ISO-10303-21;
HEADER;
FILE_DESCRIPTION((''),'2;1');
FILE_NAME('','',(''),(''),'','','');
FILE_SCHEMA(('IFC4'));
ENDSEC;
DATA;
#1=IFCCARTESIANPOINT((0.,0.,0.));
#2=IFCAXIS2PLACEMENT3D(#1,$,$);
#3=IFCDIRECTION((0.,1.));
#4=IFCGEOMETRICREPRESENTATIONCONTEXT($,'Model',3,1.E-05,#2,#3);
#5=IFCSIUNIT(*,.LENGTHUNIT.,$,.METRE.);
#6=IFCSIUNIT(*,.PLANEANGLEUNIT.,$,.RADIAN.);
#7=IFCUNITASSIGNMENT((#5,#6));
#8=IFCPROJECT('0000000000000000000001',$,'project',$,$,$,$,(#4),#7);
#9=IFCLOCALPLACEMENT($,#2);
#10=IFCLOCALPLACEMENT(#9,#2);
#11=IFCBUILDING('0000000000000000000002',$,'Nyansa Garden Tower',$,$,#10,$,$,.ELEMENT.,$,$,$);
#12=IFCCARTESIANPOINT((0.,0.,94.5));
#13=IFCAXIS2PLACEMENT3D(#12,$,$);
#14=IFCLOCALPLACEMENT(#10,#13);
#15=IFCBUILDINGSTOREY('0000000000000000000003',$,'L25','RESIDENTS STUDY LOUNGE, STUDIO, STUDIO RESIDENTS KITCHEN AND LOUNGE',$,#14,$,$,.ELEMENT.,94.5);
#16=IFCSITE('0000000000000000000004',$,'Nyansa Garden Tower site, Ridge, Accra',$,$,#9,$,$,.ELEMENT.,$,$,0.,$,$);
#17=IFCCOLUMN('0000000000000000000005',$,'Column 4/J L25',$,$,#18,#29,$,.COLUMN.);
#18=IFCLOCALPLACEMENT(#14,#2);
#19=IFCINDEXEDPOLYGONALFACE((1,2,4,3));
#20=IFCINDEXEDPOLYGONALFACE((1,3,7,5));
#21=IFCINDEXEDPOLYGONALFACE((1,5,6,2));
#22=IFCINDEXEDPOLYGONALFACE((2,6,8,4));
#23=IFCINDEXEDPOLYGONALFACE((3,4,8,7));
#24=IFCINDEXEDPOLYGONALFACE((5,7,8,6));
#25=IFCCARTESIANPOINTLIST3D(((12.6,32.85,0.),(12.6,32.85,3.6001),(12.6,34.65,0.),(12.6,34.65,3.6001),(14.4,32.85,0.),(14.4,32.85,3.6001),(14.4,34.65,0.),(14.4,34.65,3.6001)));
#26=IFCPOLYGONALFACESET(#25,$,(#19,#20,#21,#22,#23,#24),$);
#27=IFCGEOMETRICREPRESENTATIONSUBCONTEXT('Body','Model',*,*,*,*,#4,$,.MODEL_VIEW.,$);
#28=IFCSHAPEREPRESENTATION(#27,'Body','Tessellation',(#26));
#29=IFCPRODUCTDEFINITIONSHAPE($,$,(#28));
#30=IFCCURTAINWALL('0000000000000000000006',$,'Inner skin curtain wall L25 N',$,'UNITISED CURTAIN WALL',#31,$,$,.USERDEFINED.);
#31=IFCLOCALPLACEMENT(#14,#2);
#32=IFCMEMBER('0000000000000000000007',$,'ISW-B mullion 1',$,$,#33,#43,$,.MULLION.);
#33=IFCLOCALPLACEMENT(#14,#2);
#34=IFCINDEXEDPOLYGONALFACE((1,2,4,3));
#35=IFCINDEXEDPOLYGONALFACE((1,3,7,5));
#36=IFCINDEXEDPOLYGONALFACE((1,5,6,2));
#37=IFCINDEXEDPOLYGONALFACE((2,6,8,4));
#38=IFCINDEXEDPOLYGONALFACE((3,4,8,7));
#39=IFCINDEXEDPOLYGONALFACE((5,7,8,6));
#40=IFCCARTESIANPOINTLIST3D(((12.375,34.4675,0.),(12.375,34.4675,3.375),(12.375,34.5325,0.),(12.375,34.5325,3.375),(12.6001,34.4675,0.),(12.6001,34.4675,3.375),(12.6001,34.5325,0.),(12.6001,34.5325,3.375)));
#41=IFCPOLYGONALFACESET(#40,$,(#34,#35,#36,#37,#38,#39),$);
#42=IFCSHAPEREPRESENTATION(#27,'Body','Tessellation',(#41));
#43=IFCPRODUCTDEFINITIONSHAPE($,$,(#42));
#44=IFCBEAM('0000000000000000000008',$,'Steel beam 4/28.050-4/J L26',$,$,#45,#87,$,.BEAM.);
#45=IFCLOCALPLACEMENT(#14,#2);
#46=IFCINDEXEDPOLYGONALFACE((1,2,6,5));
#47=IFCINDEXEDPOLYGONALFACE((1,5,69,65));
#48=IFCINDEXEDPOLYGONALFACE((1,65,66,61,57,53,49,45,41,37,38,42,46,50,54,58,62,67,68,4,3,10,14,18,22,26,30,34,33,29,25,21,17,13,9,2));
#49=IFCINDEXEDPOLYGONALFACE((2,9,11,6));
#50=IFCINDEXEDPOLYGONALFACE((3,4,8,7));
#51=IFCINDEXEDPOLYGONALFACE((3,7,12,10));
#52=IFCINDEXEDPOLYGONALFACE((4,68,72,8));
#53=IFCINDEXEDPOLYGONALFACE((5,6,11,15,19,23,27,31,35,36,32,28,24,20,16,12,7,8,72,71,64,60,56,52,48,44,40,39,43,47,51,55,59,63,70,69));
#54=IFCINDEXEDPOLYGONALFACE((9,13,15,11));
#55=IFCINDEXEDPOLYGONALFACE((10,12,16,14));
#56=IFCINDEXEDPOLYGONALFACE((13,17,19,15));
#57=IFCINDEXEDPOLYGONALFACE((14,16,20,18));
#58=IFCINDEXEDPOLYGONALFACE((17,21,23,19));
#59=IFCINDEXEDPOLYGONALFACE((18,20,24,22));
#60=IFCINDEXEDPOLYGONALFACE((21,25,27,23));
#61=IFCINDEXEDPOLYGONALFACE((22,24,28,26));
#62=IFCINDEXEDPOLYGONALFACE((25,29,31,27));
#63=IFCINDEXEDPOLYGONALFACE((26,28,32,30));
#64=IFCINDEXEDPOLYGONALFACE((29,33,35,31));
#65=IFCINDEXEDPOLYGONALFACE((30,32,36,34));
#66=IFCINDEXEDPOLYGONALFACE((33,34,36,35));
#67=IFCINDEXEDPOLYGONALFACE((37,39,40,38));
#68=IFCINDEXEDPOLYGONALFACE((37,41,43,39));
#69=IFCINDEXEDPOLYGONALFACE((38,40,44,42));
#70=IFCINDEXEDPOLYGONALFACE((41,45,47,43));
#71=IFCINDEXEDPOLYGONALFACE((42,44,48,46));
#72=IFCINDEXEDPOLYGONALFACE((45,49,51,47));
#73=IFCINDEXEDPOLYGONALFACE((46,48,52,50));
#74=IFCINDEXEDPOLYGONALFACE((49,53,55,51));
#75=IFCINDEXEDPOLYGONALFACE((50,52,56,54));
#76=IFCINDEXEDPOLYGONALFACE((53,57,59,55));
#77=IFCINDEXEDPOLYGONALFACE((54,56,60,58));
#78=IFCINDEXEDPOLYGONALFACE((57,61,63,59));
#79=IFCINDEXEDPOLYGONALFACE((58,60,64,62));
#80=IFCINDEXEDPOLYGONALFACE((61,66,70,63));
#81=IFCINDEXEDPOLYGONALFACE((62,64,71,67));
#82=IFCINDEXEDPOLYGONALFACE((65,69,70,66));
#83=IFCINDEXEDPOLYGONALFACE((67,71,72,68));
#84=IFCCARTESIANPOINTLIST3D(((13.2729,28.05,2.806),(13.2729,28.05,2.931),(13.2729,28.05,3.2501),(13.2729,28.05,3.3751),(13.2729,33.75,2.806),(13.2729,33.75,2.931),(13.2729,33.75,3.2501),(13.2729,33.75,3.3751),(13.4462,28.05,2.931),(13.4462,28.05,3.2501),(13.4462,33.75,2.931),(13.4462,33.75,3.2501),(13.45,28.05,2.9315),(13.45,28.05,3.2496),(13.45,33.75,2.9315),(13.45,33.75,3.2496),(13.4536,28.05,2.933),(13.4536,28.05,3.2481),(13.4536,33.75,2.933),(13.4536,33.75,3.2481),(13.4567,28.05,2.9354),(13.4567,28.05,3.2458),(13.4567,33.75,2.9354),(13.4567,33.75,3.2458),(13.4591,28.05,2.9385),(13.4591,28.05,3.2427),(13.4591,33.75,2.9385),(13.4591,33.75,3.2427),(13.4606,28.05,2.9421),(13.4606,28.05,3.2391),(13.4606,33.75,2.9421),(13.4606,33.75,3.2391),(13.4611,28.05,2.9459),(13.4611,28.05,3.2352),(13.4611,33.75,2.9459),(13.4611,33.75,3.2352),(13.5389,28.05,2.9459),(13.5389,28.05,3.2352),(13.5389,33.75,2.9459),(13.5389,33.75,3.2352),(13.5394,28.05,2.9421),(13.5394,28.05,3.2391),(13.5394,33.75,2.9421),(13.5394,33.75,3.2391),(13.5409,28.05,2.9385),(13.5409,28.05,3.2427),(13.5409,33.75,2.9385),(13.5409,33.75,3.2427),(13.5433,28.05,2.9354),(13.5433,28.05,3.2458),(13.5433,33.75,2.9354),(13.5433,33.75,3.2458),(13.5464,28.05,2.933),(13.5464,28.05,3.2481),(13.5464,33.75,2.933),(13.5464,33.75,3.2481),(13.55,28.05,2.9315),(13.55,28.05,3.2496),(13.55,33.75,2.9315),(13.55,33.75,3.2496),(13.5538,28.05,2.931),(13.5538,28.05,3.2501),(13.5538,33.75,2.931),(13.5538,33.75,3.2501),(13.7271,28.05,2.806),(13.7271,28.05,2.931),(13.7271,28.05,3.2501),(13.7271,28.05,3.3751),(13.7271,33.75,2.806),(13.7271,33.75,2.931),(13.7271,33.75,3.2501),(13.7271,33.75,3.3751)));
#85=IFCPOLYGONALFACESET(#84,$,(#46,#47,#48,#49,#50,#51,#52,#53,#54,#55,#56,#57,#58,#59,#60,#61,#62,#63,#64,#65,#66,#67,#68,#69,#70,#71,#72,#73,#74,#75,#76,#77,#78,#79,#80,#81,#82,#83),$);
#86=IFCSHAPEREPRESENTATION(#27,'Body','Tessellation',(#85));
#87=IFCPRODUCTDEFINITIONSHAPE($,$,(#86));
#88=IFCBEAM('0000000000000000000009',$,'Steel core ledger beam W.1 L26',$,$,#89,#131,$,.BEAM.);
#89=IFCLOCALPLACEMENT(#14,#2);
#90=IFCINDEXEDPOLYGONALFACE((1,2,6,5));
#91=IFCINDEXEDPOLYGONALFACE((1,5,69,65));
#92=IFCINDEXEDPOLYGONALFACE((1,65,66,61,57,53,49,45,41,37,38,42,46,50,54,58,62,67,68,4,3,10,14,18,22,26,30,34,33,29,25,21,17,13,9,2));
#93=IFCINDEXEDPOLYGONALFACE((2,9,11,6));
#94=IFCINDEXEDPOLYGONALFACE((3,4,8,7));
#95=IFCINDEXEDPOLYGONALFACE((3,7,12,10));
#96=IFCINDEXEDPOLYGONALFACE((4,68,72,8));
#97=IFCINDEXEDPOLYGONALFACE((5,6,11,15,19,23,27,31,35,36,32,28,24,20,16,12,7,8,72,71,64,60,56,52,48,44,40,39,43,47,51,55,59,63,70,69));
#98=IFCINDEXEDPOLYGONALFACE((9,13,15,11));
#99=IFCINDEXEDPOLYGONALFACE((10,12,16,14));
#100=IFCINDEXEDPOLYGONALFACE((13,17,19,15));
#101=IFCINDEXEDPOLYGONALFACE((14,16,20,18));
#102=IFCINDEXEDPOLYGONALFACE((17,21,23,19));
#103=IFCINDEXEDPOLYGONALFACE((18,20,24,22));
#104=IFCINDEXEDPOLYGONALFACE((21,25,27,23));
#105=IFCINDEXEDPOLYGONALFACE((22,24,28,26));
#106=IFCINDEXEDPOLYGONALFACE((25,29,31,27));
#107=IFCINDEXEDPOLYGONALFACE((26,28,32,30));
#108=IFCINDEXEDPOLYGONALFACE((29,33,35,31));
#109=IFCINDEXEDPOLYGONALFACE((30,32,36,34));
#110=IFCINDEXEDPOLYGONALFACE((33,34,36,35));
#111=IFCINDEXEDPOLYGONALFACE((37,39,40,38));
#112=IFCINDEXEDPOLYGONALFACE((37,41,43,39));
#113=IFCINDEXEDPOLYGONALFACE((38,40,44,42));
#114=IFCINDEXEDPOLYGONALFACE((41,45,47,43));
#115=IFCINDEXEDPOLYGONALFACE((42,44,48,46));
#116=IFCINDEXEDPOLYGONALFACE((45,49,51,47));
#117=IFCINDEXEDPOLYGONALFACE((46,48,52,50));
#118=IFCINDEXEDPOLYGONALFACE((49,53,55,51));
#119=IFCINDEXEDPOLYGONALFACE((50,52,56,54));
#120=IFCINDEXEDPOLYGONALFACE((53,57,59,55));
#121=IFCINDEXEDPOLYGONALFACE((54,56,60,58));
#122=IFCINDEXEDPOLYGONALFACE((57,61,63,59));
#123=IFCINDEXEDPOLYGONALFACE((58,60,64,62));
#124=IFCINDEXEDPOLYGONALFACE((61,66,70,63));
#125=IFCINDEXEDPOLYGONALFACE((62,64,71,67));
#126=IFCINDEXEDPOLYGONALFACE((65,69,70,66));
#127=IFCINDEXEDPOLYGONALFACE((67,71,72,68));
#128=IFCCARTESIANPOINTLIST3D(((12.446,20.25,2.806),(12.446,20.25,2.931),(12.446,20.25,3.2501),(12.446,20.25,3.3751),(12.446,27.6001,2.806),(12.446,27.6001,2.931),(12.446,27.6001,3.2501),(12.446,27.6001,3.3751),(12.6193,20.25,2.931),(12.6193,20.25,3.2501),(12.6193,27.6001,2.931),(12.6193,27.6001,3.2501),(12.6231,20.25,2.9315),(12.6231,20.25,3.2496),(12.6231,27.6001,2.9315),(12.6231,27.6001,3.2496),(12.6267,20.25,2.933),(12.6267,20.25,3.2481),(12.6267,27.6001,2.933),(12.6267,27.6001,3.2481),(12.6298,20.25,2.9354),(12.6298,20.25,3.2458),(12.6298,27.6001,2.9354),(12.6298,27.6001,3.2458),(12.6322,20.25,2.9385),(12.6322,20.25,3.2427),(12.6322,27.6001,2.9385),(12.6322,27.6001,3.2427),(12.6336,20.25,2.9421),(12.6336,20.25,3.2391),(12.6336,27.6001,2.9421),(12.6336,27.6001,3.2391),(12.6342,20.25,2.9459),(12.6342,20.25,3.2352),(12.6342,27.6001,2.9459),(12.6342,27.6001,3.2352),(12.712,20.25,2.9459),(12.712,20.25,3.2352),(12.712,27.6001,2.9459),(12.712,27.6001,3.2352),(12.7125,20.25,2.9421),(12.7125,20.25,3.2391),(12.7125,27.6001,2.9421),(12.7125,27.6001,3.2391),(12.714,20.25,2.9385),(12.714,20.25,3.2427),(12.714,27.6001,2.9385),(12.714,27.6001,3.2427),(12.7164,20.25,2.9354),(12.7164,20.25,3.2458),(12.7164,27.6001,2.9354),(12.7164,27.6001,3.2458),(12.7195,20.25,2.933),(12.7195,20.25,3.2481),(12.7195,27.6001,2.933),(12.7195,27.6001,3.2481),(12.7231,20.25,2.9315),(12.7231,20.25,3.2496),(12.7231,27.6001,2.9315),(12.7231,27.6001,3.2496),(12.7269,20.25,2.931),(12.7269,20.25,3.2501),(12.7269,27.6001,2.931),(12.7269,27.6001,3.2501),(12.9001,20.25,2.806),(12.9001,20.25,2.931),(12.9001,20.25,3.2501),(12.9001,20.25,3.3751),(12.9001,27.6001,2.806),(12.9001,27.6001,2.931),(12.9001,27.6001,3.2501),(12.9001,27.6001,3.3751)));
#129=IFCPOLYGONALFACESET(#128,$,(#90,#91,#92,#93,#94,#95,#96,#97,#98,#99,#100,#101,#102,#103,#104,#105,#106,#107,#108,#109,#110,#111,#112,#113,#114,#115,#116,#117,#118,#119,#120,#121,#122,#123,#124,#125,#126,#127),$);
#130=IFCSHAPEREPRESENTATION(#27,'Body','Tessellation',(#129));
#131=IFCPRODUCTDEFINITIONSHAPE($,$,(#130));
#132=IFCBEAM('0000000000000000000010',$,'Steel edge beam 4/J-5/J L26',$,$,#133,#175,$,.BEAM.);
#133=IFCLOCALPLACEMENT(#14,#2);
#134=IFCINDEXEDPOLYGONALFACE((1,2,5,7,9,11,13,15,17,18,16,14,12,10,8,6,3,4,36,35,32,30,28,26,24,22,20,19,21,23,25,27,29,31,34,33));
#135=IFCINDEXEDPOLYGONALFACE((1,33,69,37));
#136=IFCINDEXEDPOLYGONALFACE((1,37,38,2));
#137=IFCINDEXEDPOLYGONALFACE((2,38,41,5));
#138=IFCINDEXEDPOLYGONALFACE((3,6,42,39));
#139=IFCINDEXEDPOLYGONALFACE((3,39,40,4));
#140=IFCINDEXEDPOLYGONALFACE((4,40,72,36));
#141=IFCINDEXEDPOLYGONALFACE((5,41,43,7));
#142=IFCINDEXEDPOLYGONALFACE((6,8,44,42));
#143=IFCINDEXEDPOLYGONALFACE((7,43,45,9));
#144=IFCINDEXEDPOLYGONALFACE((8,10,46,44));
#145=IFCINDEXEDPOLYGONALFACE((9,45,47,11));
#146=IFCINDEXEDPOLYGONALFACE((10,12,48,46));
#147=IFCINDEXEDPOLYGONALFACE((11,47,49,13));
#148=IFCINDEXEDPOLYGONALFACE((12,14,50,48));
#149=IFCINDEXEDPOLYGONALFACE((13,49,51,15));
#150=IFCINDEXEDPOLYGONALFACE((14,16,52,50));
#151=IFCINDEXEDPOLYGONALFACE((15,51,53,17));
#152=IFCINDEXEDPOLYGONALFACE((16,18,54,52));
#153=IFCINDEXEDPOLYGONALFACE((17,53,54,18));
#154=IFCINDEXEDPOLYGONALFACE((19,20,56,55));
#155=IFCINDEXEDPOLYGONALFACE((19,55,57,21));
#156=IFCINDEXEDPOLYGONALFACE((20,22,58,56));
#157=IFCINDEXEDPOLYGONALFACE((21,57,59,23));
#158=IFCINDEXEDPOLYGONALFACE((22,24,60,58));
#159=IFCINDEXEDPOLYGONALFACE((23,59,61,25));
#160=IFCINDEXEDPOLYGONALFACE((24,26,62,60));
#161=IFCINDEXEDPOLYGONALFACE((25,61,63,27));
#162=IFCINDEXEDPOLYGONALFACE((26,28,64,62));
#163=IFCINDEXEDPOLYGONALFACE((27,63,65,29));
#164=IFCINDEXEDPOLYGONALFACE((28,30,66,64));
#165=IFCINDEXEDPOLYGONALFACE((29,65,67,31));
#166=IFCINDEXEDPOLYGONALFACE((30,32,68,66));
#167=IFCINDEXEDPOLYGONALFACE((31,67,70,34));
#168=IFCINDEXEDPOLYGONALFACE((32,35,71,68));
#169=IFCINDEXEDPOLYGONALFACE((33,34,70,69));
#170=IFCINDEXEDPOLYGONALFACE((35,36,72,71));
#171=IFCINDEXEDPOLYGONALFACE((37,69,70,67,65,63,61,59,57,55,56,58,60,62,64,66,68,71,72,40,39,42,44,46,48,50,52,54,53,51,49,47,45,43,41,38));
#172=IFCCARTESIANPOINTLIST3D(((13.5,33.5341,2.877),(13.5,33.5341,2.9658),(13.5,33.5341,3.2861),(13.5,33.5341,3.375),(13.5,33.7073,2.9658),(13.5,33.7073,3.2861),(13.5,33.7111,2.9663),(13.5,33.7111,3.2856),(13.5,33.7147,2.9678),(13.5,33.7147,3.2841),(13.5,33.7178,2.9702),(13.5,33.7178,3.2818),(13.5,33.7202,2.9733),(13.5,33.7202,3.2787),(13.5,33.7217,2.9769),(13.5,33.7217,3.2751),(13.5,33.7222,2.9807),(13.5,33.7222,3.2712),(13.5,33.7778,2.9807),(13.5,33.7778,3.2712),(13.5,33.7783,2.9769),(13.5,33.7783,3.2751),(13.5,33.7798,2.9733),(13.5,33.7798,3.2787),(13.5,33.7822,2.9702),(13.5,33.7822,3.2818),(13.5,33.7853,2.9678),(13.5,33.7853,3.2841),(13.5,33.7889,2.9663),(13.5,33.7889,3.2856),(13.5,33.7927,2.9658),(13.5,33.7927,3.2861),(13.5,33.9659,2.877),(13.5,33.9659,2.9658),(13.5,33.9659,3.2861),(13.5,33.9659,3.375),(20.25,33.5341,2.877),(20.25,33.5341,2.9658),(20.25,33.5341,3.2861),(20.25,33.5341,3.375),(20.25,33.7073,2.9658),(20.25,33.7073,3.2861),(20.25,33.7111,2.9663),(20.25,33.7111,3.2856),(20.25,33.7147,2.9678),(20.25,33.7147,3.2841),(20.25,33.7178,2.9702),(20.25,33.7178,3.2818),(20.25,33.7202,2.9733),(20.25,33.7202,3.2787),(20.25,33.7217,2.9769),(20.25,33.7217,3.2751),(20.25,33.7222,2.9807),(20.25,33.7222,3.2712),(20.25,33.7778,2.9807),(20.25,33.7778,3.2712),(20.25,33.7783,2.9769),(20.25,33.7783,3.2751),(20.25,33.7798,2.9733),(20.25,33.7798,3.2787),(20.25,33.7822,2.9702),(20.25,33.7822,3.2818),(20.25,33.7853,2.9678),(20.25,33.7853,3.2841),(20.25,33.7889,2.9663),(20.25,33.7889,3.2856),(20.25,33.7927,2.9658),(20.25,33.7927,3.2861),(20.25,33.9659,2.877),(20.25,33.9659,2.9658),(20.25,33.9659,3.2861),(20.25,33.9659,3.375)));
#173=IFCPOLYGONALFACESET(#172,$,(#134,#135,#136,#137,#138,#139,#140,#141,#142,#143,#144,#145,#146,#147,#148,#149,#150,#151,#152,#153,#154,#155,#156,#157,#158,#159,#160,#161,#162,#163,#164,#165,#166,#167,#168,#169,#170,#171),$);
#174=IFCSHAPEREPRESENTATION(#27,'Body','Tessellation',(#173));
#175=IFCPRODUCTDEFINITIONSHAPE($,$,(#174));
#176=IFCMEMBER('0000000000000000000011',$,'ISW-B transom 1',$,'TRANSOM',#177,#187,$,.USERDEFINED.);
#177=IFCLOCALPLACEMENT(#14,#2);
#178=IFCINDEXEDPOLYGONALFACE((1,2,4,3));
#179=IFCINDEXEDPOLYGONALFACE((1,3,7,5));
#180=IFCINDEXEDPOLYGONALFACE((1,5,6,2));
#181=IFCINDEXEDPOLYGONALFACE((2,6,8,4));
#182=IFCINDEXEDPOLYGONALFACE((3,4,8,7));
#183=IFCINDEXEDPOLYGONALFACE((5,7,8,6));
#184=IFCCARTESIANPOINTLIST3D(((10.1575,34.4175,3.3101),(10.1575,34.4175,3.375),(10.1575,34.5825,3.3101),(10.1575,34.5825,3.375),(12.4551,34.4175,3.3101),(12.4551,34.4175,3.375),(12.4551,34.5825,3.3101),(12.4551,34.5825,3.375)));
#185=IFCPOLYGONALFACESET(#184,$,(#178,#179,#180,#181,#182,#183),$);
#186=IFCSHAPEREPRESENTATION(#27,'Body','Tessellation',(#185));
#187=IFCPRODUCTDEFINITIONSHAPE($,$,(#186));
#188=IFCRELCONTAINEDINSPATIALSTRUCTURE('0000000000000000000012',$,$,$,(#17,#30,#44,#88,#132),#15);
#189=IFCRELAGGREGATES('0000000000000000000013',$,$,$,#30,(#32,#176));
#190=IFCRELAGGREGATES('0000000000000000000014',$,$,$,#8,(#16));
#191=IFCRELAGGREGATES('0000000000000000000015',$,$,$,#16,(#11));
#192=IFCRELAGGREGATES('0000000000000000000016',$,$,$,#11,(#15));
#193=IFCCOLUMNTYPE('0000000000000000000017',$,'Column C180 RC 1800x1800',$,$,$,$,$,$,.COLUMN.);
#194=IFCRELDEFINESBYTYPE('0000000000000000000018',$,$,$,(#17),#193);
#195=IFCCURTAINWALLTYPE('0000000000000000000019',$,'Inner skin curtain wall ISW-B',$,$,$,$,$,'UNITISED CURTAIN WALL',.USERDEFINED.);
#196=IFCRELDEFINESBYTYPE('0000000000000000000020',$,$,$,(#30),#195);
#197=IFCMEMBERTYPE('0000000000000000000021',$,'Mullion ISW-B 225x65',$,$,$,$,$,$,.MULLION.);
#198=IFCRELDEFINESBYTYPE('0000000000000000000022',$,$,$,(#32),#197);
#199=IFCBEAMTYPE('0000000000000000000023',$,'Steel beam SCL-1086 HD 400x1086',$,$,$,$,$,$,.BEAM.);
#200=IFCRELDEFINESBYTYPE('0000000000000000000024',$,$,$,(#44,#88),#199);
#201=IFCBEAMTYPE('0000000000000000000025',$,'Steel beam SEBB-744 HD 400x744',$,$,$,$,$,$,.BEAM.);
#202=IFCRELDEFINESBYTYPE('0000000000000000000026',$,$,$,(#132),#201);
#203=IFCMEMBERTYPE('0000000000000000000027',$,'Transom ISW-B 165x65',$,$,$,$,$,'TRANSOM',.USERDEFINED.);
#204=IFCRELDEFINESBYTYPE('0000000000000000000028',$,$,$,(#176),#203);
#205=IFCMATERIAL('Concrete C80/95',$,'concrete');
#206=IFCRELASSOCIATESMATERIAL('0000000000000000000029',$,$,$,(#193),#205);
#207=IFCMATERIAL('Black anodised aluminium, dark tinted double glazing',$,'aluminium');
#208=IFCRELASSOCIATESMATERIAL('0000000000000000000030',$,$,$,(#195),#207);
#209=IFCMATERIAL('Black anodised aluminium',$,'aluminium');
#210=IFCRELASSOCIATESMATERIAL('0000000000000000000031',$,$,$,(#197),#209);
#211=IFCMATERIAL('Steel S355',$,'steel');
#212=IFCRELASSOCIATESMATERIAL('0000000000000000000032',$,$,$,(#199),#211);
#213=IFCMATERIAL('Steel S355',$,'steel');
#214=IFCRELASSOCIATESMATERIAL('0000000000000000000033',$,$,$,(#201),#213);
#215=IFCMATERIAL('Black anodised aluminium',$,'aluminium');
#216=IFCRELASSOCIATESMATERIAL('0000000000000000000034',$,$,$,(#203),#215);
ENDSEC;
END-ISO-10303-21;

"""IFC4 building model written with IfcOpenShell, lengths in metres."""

from ifc_helpers import new_model, si_unit, direction, frame, origin, origin_2d, place, context, subcontext, project, spatial, rectangle, i_section, extrude, material, material_profile, profile_set, type_object, element, aggregate, save


model = new_model("IFC4")

# Units and contexts
model_context = context("Model", 3, precision=1e-05, world=origin(), true_north=direction((0.0, 1.0)))
body_context = subcontext(model_context, "Body", "Model", "MODEL_VIEW")
ifc_project = project(units=[si_unit("LENGTHUNIT", "METRE"), si_unit("PLANEANGLEUNIT", "RADIAN")], contexts=[model_context])

# Site, building, storey
site_placement = place(None, origin())
site = spatial("IfcSite", under=ifc_project, at=site_placement, Name="Nyansa Garden Tower site, Ridge, Accra", CompositionType="ELEMENT", RefElevation=0.0)
building_placement = place(site_placement, origin())
building = spatial("IfcBuilding", under=site, at=building_placement, Name="Nyansa Garden Tower", CompositionType="ELEMENT")
storey_placement = place(building_placement, frame((0.0, 0.0, 94.5)))
storey = spatial("IfcBuildingStorey", under=building, at=storey_placement, Name="L25", Description="RESIDENTS STUDY LOUNGE, STUDIO, STUDIO RESIDENTS KITCHEN AND LOUNGE", CompositionType="ELEMENT", Elevation=94.5)

# Column
ifc_material_1 = material(Name="Concrete C80/95", Category="concrete")
ifc_material_profile_1 = material_profile(ifc_material_1, rectangle(XDim=1.8, YDim=1.8, at=origin_2d()), Name="RC 1800x1800")
ifc_profile_set_1 = profile_set([ifc_material_profile_1], Name="Concrete C80/95")
column_type = type_object("IfcColumnType", Name="Column C180 RC 1800x1800", PredefinedType="COLUMN", material=ifc_profile_set_1)
column_placement = place(storey_placement, frame((13.5, 33.75, 0.0), z_axis=(0.0, 0.0, 1.0), x_axis=(1.0, 0.0, 0.0)))
element("IfcColumn", 1, at=column_placement, inside=storey, type_object=column_type, Name="Column 4/J L25", PredefinedType="COLUMN", context=body_context, shape_type="SweptSolid", body=[
    extrude(rectangle(XDim=1.8, YDim=1.8, at=origin_2d()), origin(), (0.0, 0.0, 1.0), 3.6001),
])

# Curtain wall, member
ifc_material_2 = material(Name="Black anodised aluminium, dark tinted double glazing", Category="aluminium")
curtain_wall_type = type_object("IfcCurtainWallType", Name="Inner skin curtain wall ISW-B", ElementType="UNITISED CURTAIN WALL", PredefinedType="USERDEFINED", material=ifc_material_2)
curtain_wall_placement = place(storey_placement, origin())
curtain_wall = element("IfcCurtainWall", 2, at=curtain_wall_placement, inside=storey, type_object=curtain_wall_type, Name="Inner skin curtain wall L25 N", ObjectType="UNITISED CURTAIN WALL", PredefinedType="USERDEFINED")
ifc_material_3 = material(Name="Black anodised aluminium", Category="aluminium")
ifc_material_profile_2 = material_profile(ifc_material_3, rectangle(XDim=0.0649, YDim=0.2251, at=origin_2d()), Name="Mullion 225x65")
ifc_profile_set_2 = profile_set([ifc_material_profile_2], Name="Black anodised aluminium")
member_type_1 = type_object("IfcMemberType", Name="Mullion ISW-B 225x65", PredefinedType="MULLION", material=ifc_profile_set_2)
member_1_placement = place(storey_placement, frame((12.4875, 34.5, 0.0), z_axis=(0.0, 0.0, 1.0), x_axis=(0.0, -1.0, 0.0)))
member_1 = element("IfcMember", 3, at=member_1_placement, type_object=member_type_1, Name="ISW-B mullion 1", PredefinedType="MULLION", context=body_context, shape_type="SweptSolid", body=[
    extrude(rectangle(XDim=0.0649, YDim=0.2251, at=origin_2d()), origin(), (0.0, 0.0, 1.0), 3.375),
])

# Beams
ifc_material_4 = material(Name="Steel S355", Category="steel")
ifc_material_profile_3 = material_profile(ifc_material_4, i_section(OverallWidth=0.4541, OverallDepth=0.5691, WebThickness=0.0779, FlangeThickness=0.125, FilletRadius=0.0149, at=origin_2d()), Name="HD 400x1086")
ifc_profile_set_3 = profile_set([ifc_material_profile_3], Name="Steel S355")
beam_type_1 = type_object("IfcBeamType", Name="Steel beam SCL-1086 HD 400x1086", PredefinedType="BEAM", material=ifc_profile_set_3)
beam_1_placement = place(storey_placement, frame((13.5, 28.05, 3.0906), z_axis=(0.0, 1.0, 0.0), x_axis=(-1.0, 0.0, 0.0)))
element("IfcBeam", 4, at=beam_1_placement, inside=storey, type_object=beam_type_1, Name="Steel beam 4/28.050-4/J L26", PredefinedType="BEAM", context=body_context, shape_type="SweptSolid", body=[
    extrude(i_section(OverallWidth=0.4541, OverallDepth=0.5691, WebThickness=0.0779, FlangeThickness=0.125, FilletRadius=0.0149, at=origin_2d()), origin(), (0.0, 0.0, 1.0), 5.7),
])
beam_2_placement = place(storey_placement, frame((12.6731, 27.6001, 3.0906), z_axis=(0.0, -1.0, 0.0), x_axis=(1.0, 0.0, 0.0)))
element("IfcBeam", 5, at=beam_2_placement, inside=storey, type_object=beam_type_1, Name="Steel core ledger beam W.1 L26", PredefinedType="BEAM", context=body_context, shape_type="SweptSolid", body=[
    extrude(i_section(OverallWidth=0.4541, OverallDepth=0.5691, WebThickness=0.0779, FlangeThickness=0.125, FilletRadius=0.0149, at=origin_2d()), origin(), (0.0, 0.0, 1.0), 7.3501),
])
ifc_material_5 = material(Name="Steel S355", Category="steel")
ifc_material_profile_4 = material_profile(ifc_material_5, i_section(OverallWidth=0.4319, OverallDepth=0.498, WebThickness=0.0557, FlangeThickness=0.0889, FilletRadius=0.0149, at=origin_2d()), Name="HD 400x744")
ifc_profile_set_4 = profile_set([ifc_material_profile_4], Name="Steel S355")
beam_type_2 = type_object("IfcBeamType", Name="Steel beam SEBB-744 HD 400x744", PredefinedType="BEAM", material=ifc_profile_set_4)
beam_3_placement = place(storey_placement, frame((13.5, 33.75, 3.126), z_axis=(1.0, 0.0, 0.0), x_axis=(0.0, 1.0, 0.0)))
element("IfcBeam", 6, at=beam_3_placement, inside=storey, type_object=beam_type_2, Name="Steel edge beam 4/J-5/J L26", PredefinedType="BEAM", context=body_context, shape_type="SweptSolid", body=[
    extrude(i_section(OverallWidth=0.4319, OverallDepth=0.498, WebThickness=0.0557, FlangeThickness=0.0889, FilletRadius=0.0149, at=origin_2d()), origin(), (0.0, 0.0, 1.0), 6.75),
])

# Member
ifc_material_6 = material(Name="Black anodised aluminium", Category="aluminium")
ifc_material_profile_5 = material_profile(ifc_material_6, rectangle(XDim=0.165, YDim=0.0649, at=origin_2d()), Name="Transom 165x65")
ifc_profile_set_5 = profile_set([ifc_material_profile_5], Name="Black anodised aluminium")
member_type_2 = type_object("IfcMemberType", Name="Transom ISW-B 165x65", ElementType="TRANSOM", PredefinedType="USERDEFINED", material=ifc_profile_set_5)
member_2_placement = place(storey_placement, frame((12.4551, 34.5, 3.3425), z_axis=(-1.0, 0.0, 0.0), x_axis=(0.0, -1.0, 0.0)))
member_2 = element("IfcMember", 7, at=member_2_placement, type_object=member_type_2, Name="ISW-B transom 1", ObjectType="TRANSOM", PredefinedType="USERDEFINED", context=body_context, shape_type="SweptSolid", body=[
    extrude(rectangle(XDim=0.165, YDim=0.0649, at=origin_2d()), origin(), (0.0, 0.0, 1.0), 2.2976),
])

aggregate(curtain_wall, [member_1, member_2])

save(model, "model.ifc")
